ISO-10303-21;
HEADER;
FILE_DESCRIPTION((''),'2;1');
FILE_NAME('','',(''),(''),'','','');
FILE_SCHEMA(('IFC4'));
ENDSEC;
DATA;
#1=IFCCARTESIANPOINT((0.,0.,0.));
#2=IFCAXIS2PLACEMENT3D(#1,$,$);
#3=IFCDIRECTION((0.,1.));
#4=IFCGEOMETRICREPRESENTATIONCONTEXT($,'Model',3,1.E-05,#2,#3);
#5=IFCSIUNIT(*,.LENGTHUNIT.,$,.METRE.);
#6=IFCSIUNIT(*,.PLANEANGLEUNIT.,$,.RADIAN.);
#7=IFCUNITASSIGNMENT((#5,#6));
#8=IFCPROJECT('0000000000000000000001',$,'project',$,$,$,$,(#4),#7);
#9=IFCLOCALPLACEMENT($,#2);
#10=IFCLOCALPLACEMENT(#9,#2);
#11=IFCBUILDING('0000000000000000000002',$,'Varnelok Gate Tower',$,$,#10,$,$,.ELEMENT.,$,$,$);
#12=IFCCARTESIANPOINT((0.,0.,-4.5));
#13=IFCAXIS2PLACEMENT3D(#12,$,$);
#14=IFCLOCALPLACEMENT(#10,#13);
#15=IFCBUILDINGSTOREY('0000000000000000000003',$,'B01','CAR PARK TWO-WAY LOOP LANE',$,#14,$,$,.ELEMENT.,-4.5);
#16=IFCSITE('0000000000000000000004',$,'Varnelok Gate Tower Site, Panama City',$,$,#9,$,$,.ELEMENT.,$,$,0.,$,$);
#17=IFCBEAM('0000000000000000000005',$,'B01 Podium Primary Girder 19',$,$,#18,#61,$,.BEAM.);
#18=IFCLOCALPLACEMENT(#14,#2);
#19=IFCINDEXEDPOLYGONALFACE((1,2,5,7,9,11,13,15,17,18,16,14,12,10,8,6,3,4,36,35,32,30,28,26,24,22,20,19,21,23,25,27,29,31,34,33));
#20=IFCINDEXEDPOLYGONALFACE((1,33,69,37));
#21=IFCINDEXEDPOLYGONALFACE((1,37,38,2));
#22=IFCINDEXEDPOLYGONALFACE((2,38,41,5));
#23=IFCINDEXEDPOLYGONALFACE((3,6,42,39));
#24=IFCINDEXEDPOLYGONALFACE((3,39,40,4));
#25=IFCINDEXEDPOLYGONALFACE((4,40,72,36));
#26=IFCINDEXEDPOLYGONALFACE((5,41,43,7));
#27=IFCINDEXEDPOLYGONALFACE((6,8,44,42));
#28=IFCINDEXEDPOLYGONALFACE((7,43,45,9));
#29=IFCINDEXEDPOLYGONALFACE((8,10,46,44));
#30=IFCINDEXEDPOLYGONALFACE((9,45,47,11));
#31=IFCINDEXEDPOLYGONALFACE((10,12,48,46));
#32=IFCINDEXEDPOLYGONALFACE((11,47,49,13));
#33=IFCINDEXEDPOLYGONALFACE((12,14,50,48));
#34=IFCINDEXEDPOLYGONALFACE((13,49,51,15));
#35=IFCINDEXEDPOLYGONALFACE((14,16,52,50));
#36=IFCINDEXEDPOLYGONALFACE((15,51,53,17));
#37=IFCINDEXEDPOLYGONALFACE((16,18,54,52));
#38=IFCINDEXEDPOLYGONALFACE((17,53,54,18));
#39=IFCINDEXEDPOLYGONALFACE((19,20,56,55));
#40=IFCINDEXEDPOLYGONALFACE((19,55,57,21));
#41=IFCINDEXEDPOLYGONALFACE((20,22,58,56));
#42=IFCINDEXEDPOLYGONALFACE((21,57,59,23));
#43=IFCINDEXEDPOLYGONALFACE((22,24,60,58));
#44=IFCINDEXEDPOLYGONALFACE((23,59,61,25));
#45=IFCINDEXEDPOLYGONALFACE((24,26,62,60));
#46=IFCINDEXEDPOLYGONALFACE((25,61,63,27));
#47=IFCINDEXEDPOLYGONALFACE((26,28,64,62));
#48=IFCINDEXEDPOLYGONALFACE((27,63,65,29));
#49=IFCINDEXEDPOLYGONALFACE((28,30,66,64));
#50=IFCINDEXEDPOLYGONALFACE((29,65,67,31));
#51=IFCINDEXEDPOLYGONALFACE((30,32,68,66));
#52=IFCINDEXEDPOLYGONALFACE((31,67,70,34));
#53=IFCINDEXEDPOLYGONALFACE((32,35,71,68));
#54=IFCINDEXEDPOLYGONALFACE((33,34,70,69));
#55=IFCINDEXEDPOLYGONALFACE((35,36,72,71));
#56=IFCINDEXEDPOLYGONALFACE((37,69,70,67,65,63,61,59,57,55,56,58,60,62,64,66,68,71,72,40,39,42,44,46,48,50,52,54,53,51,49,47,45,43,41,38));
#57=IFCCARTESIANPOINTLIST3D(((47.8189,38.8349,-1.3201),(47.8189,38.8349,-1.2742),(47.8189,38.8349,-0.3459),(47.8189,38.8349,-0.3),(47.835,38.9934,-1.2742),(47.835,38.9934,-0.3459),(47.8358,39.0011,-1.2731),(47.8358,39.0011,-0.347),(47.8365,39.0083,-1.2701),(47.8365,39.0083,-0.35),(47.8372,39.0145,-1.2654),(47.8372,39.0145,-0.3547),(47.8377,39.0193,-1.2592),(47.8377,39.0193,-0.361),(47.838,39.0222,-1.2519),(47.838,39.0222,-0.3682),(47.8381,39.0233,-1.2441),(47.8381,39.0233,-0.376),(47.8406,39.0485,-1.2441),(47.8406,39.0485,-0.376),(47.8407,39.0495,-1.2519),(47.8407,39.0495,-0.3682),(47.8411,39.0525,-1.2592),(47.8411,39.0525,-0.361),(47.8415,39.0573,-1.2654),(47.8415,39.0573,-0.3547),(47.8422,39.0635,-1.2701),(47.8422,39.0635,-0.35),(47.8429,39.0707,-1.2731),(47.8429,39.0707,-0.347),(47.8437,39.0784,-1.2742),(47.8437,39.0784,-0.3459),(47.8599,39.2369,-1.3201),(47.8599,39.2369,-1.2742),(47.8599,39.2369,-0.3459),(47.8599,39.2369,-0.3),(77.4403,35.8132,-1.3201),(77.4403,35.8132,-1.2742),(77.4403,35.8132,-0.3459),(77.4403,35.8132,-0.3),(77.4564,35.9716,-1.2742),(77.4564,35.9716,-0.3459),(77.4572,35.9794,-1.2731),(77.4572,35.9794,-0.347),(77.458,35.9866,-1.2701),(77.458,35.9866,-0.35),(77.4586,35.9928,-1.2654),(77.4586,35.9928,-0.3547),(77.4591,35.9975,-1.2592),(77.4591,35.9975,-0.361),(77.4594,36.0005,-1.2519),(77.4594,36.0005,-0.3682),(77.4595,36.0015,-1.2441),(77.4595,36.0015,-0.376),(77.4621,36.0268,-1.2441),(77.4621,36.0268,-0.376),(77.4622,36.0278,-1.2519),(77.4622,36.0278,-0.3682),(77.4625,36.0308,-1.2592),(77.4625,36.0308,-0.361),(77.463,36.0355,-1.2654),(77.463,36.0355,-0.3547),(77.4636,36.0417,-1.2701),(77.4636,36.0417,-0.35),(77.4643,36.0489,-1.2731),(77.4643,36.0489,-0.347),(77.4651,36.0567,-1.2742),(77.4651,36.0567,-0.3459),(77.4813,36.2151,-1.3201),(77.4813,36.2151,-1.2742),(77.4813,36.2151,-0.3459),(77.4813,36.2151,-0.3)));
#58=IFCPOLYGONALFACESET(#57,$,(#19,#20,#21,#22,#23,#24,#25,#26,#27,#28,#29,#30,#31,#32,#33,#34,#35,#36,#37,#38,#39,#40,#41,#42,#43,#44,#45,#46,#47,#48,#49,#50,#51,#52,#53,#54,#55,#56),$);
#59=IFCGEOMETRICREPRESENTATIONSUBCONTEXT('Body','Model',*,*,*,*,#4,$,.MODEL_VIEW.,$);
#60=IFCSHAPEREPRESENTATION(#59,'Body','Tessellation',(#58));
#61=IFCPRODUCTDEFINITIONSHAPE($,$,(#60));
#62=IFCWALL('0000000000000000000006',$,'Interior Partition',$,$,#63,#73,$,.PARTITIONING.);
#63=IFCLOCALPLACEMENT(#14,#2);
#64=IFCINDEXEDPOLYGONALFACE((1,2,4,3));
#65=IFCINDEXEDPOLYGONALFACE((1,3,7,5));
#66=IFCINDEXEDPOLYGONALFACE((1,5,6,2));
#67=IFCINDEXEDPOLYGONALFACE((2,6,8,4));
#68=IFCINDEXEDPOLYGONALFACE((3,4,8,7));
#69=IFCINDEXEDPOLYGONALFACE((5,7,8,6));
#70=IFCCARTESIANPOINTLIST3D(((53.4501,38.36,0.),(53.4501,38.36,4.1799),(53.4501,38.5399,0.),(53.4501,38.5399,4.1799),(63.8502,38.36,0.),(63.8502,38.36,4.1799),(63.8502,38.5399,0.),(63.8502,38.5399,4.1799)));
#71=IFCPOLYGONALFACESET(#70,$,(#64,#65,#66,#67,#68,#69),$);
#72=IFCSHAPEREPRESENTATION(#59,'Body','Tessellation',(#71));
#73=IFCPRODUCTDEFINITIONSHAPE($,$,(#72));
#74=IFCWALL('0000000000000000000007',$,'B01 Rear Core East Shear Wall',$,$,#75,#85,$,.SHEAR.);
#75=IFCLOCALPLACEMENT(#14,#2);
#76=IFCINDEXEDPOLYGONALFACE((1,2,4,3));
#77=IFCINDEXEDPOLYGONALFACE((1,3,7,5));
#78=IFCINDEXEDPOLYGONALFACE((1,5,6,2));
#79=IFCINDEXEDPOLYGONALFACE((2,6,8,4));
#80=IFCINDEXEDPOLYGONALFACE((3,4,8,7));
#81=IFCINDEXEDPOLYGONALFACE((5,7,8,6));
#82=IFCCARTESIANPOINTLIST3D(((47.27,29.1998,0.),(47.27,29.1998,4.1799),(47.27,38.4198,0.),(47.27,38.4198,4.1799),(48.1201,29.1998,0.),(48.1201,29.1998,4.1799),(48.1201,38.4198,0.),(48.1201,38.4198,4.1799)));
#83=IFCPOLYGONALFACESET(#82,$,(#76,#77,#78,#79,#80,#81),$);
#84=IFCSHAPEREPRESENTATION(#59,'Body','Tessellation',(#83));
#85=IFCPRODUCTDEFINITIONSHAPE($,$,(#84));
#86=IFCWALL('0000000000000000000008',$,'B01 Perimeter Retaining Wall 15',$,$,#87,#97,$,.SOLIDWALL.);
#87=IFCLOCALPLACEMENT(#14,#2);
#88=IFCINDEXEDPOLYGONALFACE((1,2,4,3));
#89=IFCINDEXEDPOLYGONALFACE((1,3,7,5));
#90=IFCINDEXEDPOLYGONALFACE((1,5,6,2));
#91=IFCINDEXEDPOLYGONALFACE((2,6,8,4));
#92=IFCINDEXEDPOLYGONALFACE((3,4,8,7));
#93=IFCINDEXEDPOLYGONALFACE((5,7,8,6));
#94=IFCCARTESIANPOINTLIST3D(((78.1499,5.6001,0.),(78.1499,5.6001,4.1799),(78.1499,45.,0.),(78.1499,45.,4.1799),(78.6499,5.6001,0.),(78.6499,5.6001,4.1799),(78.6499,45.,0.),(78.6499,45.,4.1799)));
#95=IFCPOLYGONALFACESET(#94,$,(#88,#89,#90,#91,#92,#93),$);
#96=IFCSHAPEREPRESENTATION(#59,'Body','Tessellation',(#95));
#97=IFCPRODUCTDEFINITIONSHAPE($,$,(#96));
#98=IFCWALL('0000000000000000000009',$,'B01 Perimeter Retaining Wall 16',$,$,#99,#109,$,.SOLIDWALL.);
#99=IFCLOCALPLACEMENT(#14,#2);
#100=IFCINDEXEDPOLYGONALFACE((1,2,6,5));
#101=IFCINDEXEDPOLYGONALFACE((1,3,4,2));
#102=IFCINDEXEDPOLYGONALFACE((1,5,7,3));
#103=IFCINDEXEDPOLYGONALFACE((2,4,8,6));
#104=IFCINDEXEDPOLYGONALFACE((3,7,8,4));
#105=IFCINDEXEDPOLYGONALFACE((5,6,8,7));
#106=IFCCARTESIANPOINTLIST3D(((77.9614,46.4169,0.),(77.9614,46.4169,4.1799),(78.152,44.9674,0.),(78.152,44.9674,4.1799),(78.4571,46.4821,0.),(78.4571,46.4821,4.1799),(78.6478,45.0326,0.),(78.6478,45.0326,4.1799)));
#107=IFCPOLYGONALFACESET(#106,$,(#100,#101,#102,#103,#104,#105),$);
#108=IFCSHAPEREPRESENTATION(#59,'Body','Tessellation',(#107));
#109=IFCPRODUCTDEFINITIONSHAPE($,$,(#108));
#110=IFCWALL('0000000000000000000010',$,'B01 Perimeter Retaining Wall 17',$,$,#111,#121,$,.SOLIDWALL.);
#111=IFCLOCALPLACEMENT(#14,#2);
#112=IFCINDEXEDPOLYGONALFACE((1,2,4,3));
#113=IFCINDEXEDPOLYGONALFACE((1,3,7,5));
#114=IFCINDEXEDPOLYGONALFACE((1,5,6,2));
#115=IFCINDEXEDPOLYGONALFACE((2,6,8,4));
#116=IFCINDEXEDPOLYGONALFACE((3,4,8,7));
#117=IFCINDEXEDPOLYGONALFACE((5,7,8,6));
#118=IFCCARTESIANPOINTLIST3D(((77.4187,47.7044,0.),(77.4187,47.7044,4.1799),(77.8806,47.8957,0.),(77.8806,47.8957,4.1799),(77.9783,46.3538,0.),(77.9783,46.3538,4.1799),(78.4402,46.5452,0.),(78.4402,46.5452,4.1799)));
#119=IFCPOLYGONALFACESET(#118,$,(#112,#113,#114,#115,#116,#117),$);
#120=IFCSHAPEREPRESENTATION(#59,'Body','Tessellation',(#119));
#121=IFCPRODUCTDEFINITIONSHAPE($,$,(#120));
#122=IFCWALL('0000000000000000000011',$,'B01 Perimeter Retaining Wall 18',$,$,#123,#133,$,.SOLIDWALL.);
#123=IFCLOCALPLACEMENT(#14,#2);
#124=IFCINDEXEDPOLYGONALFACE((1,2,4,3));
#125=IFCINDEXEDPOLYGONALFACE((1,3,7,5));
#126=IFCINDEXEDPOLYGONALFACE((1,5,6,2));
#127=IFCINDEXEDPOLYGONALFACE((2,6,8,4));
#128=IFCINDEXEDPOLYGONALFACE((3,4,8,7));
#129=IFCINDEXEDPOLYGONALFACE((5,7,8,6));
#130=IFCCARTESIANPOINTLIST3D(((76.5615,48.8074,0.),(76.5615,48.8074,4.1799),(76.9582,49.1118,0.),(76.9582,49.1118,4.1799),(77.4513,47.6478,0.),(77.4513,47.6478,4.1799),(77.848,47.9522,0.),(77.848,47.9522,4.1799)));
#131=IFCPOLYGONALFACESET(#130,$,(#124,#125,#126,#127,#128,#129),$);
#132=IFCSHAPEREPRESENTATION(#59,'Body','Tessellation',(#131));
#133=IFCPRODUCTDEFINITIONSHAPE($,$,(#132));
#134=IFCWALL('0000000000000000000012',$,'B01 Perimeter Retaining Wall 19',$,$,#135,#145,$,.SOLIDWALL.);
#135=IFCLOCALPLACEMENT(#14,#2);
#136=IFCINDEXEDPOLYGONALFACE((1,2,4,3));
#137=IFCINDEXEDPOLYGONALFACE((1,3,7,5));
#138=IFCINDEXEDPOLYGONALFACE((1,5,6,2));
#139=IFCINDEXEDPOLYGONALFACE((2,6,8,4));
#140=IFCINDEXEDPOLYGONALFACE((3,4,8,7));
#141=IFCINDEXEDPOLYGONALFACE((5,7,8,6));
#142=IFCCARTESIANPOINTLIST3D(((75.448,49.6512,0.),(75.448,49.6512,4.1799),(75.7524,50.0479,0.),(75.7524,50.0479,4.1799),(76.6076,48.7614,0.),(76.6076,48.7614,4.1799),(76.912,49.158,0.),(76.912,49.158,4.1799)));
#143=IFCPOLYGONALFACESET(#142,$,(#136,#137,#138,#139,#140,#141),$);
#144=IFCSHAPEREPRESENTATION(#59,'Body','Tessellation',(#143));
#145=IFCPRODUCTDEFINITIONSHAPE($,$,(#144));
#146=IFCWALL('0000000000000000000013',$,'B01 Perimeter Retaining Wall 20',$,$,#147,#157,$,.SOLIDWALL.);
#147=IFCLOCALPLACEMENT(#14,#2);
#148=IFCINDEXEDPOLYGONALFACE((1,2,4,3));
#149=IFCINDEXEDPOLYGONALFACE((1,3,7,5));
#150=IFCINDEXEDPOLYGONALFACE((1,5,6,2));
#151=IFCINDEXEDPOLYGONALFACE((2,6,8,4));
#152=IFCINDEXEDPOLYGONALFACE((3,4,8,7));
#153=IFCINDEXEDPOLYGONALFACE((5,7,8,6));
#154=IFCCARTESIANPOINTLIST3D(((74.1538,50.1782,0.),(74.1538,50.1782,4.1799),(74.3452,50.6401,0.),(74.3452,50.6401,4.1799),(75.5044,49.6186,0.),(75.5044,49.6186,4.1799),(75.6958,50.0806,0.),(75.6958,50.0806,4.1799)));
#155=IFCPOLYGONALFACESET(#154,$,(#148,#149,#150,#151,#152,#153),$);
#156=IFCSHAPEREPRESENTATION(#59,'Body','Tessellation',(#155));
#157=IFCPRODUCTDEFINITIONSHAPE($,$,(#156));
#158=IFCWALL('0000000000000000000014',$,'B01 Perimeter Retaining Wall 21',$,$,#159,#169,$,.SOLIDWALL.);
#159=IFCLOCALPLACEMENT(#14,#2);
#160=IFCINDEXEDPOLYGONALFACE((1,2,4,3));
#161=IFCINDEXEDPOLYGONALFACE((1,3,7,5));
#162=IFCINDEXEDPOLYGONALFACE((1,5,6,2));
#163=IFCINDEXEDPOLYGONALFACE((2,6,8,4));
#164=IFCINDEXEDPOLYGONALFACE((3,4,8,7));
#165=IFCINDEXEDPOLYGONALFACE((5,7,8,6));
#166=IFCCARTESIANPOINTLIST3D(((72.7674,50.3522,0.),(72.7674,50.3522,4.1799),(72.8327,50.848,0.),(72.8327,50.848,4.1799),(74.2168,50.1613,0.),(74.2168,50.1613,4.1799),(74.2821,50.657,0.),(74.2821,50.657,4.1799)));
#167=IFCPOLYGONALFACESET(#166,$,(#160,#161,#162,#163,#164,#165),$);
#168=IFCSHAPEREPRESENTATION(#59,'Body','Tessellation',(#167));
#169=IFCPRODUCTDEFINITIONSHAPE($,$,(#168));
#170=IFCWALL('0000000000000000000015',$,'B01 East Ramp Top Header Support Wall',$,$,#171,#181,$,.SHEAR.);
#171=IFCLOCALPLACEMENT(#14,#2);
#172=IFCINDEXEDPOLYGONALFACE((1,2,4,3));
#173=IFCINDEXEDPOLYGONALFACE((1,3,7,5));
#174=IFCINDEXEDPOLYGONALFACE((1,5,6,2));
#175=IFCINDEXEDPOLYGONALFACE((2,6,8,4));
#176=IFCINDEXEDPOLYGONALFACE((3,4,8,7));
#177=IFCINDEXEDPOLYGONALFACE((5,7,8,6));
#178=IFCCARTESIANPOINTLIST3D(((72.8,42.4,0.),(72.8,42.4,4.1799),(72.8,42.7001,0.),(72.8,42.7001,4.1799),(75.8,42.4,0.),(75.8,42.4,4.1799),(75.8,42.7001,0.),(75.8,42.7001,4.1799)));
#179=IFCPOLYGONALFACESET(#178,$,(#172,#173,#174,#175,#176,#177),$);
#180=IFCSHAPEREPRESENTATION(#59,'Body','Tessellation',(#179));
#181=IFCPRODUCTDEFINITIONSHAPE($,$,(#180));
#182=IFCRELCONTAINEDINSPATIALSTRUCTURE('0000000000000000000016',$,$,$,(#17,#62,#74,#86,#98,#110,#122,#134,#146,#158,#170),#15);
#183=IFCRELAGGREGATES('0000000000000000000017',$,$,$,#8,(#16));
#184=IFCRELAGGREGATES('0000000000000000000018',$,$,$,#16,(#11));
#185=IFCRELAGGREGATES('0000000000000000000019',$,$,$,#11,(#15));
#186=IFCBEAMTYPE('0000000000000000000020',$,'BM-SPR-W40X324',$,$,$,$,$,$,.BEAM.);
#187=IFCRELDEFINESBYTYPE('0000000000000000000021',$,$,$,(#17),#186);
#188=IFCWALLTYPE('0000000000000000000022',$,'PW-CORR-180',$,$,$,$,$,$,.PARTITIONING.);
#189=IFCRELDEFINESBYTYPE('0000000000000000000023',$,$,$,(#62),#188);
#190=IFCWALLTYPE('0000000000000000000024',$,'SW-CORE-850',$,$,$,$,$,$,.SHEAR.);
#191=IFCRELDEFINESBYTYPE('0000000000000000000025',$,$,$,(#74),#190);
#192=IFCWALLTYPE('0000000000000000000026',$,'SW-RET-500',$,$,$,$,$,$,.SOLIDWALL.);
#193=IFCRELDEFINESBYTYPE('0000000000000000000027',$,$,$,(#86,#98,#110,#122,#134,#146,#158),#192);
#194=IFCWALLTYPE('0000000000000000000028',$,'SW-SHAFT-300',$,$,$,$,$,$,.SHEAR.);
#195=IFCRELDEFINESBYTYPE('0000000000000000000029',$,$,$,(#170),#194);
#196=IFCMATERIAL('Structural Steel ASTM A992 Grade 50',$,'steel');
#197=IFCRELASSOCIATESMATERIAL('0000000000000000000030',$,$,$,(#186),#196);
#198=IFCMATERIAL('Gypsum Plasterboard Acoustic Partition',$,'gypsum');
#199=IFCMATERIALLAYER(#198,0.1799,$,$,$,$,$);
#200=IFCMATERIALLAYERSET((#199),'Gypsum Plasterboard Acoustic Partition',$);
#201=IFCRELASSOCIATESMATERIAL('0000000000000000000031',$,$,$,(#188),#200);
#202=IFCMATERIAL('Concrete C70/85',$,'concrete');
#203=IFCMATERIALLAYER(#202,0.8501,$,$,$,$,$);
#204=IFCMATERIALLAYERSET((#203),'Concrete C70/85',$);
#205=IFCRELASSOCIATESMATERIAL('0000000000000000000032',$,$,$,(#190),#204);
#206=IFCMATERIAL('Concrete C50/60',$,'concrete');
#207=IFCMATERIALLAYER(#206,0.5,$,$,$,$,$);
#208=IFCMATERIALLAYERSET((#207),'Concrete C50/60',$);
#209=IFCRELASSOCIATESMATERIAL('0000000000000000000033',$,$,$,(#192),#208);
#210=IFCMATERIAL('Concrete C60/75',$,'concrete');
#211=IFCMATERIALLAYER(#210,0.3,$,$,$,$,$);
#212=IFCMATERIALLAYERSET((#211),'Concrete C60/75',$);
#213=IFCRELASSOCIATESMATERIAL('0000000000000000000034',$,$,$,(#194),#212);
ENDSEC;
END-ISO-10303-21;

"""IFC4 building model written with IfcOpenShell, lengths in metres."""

from ifc_helpers import new_model, si_unit, direction, frame, frame_2d, origin, origin_2d, place, context, subcontext, project, spatial, rectangle, i_section, extrude, material, layer, layer_set, material_profile, profile_set, type_object, element, save


model = new_model("IFC4")

# Units and contexts
model_context = context("Model", 3, precision=1e-05, world=origin(), true_north=direction((0.0, 1.0)))
body_context = subcontext(model_context, "Body", "Model", "MODEL_VIEW")
ifc_project = project(units=[si_unit("LENGTHUNIT", "METRE"), si_unit("PLANEANGLEUNIT", "RADIAN")], contexts=[model_context])

# Site, building, storey
site_placement = place(None, origin())
site = spatial("IfcSite", under=ifc_project, at=site_placement, Name="Varnelok Gate Tower Site, Panama City", CompositionType="ELEMENT", RefElevation=0.0)
building_placement = place(site_placement, origin())
building = spatial("IfcBuilding", under=site, at=building_placement, Name="Varnelok Gate Tower", CompositionType="ELEMENT")
storey_placement = place(building_placement, frame((0.0, 0.0, -4.5)))
storey = spatial("IfcBuildingStorey", under=building, at=storey_placement, Name="B01", Description="CAR PARK TWO-WAY LOOP LANE", CompositionType="ELEMENT", Elevation=-4.5)

# Shared definitions
ifc_material_1 = material(Name="Concrete C60/75", Category="concrete")
ifc_material_2 = material(Name="Concrete C70/85", Category="concrete")

# Beam
ifc_material_3 = material(Name="Structural Steel ASTM A992 Grade 50", Category="steel")
ifc_material_profile_1 = material_profile(ifc_material_3, i_section(OverallWidth=0.4041, OverallDepth=1.02, WebThickness=0.0254, FlangeThickness=0.0459, FilletRadius=0.03, at=origin_2d()), Name="W40X324")
ifc_profile_set_1 = profile_set([ifc_material_profile_1], Name="Structural Steel ASTM A992 Grade 50")
beam_type_1 = type_object("IfcBeamType", Name="BM-SPR-W40X324", PredefinedType="BEAM", material=ifc_profile_set_1)
beam_1_placement = place(storey_placement, frame((47.8394, 39.0359, -0.8101), z_axis=(0.994837, -0.101485, 0.0), x_axis=(0.101485, 0.994837, 0.0)))
element("IfcBeam", 1, at=beam_1_placement, inside=storey, type_object=beam_type_1, Name="B01 Podium Primary Girder 19", PredefinedType="BEAM", context=body_context, shape_type="SweptSolid", body=[
    extrude(i_section(OverallWidth=0.4041, OverallDepth=1.02, WebThickness=0.0254, FlangeThickness=0.0459, FilletRadius=0.03, at=origin_2d()), origin(), (0.0, 0.0, 1.0), 29.7751),
])

# Walls
ifc_material_4 = material(Name="Gypsum Plasterboard Acoustic Partition", Category="gypsum")
ifc_layer_1 = layer(ifc_material_4, 0.1799)
ifc_layer_set_1 = layer_set([ifc_layer_1], Name="Gypsum Plasterboard Acoustic Partition")
wall_type_1 = type_object("IfcWallType", Name="PW-CORR-180", PredefinedType="PARTITIONING", material=ifc_layer_set_1)
wall_1_placement = place(storey_placement, frame((53.45, 38.45, 0.0), z_axis=(0.0, 0.0, 1.0), x_axis=(1.0, 0.0, 0.0)))
element("IfcWall", 2, at=wall_1_placement, inside=storey, type_object=wall_type_1, Name="Interior Partition", PredefinedType="PARTITIONING", context=body_context, shape_type="SweptSolid", body=[
    extrude(rectangle(XDim=10.4001, YDim=0.1799, at=frame_2d((5.2002, 0.0))), origin(), (0.0, 0.0, 1.0), 4.1799),
])
ifc_layer_2 = layer(ifc_material_2, 0.8501)
ifc_layer_set_2 = layer_set([ifc_layer_2], Name="Concrete C70/85")
wall_type_2 = type_object("IfcWallType", Name="SW-CORE-850", PredefinedType="SHEAR", material=ifc_layer_set_2)
wall_2_placement = place(storey_placement, frame((47.6951, 29.2, 0.0), z_axis=(0.0, 0.0, 1.0), x_axis=(0.0, 1.0, 0.0)))
element("IfcWall", 3, at=wall_2_placement, inside=storey, type_object=wall_type_2, Name="B01 Rear Core East Shear Wall", PredefinedType="SHEAR", context=body_context, shape_type="SweptSolid", body=[
    extrude(rectangle(XDim=9.22, YDim=0.8501, at=frame_2d((4.6099, 0.0))), origin(), (0.0, 0.0, 1.0), 4.1799),
])
ifc_material_5 = material(Name="Concrete C50/60", Category="concrete")
ifc_layer_3 = layer(ifc_material_5, 0.5)
ifc_layer_set_3 = layer_set([ifc_layer_3], Name="Concrete C50/60")
wall_type_3 = type_object("IfcWallType", Name="SW-RET-500", PredefinedType="SOLIDWALL", material=ifc_layer_set_3)
wall_3_placement = place(storey_placement, frame((78.3999, 45.0, 0.0), z_axis=(0.0, 0.0, 1.0), x_axis=(0.0, -1.0, 0.0)))
element("IfcWall", 4, at=wall_3_placement, inside=storey, type_object=wall_type_3, Name="B01 Perimeter Retaining Wall 15", PredefinedType="SOLIDWALL", context=body_context, shape_type="SweptSolid", body=[
    extrude(rectangle(XDim=39.3999, YDim=0.5, at=frame_2d((19.7, 0.0))), origin(), (0.0, 0.0, 1.0), 4.1799),
])
for number, where, z_axis, x_axis, name in (
    (5, (78.2092, 46.4495, 0.0), (0.0, 0.0, 1.0), (0.130424, -0.991458, 0.0), "B01 Perimeter Retaining Wall 16"),
    (6, (77.6497, 47.8, 0.0), (0.0, 0.0, 1.0), (0.382765, -0.923846, 0.0), "B01 Perimeter Retaining Wall 17"),
):
    element("IfcWall", number, at=place(storey_placement, frame(where, z_axis=z_axis, x_axis=x_axis)), inside=storey, type_object=wall_type_3, Name=name, PredefinedType="SOLIDWALL", context=body_context, shape_type="SweptSolid", body=[
        extrude(rectangle(XDim=1.4619, YDim=0.5, at=frame_2d((0.731, 0.0))), origin(), (0.0, 0.0, 1.0), 4.1799),
    ])
for number, where, z_axis, x_axis, name in (
    (7, (76.7598, 48.9597, 0.0), (0.0, 0.0, 1.0), (0.608782, -0.793337, 0.0), "B01 Perimeter Retaining Wall 18"),
    (8, (75.6001, 49.8496, 0.0), (0.0, 0.0, 1.0), (0.793337, -0.608782, 0.0), "B01 Perimeter Retaining Wall 19"),
):
    element("IfcWall", number, at=place(storey_placement, frame(where, z_axis=z_axis, x_axis=x_axis)), inside=storey, type_object=wall_type_3, Name=name, PredefinedType="SOLIDWALL", context=body_context, shape_type="SweptSolid", body=[
        extrude(rectangle(XDim=1.4617, YDim=0.5, at=frame_2d((0.731, 0.0))), origin(), (0.0, 0.0, 1.0), 4.1799),
    ])
for number, where, z_axis, x_axis, name in (
    (9, (74.2495, 50.4092, 0.0), (0.0, 0.0, 1.0), (0.923846, -0.382765, 0.0), "B01 Perimeter Retaining Wall 20"),
    (10, (72.8, 50.6001, 0.0), (0.0, 0.0, 1.0), (0.991437, -0.130588, 0.0), "B01 Perimeter Retaining Wall 21"),
):
    element("IfcWall", number, at=place(storey_placement, frame(where, z_axis=z_axis, x_axis=x_axis)), inside=storey, type_object=wall_type_3, Name=name, PredefinedType="SOLIDWALL", context=body_context, shape_type="SweptSolid", body=[
        extrude(rectangle(XDim=1.4619, YDim=0.5, at=frame_2d((0.731, 0.0))), origin(), (0.0, 0.0, 1.0), 4.1799),
    ])
ifc_layer_4 = layer(ifc_material_1, 0.3)
ifc_layer_set_4 = layer_set([ifc_layer_4], Name="Concrete C60/75")
wall_type_4 = type_object("IfcWallType", Name="SW-SHAFT-300", PredefinedType="SHEAR", material=ifc_layer_set_4)
wall_4_placement = place(storey_placement, frame((72.8, 42.55, 0.0), z_axis=(0.0, 0.0, 1.0), x_axis=(1.0, 0.0, 0.0)))
element("IfcWall", 11, at=wall_4_placement, inside=storey, type_object=wall_type_4, Name="B01 East Ramp Top Header Support Wall", PredefinedType="SHEAR", context=body_context, shape_type="SweptSolid", body=[
    extrude(rectangle(XDim=3.0, YDim=0.3, at=frame_2d((1.5, 0.0))), origin(), (0.0, 0.0, 1.0), 4.1799),
])

save(model, "model.ifc")
